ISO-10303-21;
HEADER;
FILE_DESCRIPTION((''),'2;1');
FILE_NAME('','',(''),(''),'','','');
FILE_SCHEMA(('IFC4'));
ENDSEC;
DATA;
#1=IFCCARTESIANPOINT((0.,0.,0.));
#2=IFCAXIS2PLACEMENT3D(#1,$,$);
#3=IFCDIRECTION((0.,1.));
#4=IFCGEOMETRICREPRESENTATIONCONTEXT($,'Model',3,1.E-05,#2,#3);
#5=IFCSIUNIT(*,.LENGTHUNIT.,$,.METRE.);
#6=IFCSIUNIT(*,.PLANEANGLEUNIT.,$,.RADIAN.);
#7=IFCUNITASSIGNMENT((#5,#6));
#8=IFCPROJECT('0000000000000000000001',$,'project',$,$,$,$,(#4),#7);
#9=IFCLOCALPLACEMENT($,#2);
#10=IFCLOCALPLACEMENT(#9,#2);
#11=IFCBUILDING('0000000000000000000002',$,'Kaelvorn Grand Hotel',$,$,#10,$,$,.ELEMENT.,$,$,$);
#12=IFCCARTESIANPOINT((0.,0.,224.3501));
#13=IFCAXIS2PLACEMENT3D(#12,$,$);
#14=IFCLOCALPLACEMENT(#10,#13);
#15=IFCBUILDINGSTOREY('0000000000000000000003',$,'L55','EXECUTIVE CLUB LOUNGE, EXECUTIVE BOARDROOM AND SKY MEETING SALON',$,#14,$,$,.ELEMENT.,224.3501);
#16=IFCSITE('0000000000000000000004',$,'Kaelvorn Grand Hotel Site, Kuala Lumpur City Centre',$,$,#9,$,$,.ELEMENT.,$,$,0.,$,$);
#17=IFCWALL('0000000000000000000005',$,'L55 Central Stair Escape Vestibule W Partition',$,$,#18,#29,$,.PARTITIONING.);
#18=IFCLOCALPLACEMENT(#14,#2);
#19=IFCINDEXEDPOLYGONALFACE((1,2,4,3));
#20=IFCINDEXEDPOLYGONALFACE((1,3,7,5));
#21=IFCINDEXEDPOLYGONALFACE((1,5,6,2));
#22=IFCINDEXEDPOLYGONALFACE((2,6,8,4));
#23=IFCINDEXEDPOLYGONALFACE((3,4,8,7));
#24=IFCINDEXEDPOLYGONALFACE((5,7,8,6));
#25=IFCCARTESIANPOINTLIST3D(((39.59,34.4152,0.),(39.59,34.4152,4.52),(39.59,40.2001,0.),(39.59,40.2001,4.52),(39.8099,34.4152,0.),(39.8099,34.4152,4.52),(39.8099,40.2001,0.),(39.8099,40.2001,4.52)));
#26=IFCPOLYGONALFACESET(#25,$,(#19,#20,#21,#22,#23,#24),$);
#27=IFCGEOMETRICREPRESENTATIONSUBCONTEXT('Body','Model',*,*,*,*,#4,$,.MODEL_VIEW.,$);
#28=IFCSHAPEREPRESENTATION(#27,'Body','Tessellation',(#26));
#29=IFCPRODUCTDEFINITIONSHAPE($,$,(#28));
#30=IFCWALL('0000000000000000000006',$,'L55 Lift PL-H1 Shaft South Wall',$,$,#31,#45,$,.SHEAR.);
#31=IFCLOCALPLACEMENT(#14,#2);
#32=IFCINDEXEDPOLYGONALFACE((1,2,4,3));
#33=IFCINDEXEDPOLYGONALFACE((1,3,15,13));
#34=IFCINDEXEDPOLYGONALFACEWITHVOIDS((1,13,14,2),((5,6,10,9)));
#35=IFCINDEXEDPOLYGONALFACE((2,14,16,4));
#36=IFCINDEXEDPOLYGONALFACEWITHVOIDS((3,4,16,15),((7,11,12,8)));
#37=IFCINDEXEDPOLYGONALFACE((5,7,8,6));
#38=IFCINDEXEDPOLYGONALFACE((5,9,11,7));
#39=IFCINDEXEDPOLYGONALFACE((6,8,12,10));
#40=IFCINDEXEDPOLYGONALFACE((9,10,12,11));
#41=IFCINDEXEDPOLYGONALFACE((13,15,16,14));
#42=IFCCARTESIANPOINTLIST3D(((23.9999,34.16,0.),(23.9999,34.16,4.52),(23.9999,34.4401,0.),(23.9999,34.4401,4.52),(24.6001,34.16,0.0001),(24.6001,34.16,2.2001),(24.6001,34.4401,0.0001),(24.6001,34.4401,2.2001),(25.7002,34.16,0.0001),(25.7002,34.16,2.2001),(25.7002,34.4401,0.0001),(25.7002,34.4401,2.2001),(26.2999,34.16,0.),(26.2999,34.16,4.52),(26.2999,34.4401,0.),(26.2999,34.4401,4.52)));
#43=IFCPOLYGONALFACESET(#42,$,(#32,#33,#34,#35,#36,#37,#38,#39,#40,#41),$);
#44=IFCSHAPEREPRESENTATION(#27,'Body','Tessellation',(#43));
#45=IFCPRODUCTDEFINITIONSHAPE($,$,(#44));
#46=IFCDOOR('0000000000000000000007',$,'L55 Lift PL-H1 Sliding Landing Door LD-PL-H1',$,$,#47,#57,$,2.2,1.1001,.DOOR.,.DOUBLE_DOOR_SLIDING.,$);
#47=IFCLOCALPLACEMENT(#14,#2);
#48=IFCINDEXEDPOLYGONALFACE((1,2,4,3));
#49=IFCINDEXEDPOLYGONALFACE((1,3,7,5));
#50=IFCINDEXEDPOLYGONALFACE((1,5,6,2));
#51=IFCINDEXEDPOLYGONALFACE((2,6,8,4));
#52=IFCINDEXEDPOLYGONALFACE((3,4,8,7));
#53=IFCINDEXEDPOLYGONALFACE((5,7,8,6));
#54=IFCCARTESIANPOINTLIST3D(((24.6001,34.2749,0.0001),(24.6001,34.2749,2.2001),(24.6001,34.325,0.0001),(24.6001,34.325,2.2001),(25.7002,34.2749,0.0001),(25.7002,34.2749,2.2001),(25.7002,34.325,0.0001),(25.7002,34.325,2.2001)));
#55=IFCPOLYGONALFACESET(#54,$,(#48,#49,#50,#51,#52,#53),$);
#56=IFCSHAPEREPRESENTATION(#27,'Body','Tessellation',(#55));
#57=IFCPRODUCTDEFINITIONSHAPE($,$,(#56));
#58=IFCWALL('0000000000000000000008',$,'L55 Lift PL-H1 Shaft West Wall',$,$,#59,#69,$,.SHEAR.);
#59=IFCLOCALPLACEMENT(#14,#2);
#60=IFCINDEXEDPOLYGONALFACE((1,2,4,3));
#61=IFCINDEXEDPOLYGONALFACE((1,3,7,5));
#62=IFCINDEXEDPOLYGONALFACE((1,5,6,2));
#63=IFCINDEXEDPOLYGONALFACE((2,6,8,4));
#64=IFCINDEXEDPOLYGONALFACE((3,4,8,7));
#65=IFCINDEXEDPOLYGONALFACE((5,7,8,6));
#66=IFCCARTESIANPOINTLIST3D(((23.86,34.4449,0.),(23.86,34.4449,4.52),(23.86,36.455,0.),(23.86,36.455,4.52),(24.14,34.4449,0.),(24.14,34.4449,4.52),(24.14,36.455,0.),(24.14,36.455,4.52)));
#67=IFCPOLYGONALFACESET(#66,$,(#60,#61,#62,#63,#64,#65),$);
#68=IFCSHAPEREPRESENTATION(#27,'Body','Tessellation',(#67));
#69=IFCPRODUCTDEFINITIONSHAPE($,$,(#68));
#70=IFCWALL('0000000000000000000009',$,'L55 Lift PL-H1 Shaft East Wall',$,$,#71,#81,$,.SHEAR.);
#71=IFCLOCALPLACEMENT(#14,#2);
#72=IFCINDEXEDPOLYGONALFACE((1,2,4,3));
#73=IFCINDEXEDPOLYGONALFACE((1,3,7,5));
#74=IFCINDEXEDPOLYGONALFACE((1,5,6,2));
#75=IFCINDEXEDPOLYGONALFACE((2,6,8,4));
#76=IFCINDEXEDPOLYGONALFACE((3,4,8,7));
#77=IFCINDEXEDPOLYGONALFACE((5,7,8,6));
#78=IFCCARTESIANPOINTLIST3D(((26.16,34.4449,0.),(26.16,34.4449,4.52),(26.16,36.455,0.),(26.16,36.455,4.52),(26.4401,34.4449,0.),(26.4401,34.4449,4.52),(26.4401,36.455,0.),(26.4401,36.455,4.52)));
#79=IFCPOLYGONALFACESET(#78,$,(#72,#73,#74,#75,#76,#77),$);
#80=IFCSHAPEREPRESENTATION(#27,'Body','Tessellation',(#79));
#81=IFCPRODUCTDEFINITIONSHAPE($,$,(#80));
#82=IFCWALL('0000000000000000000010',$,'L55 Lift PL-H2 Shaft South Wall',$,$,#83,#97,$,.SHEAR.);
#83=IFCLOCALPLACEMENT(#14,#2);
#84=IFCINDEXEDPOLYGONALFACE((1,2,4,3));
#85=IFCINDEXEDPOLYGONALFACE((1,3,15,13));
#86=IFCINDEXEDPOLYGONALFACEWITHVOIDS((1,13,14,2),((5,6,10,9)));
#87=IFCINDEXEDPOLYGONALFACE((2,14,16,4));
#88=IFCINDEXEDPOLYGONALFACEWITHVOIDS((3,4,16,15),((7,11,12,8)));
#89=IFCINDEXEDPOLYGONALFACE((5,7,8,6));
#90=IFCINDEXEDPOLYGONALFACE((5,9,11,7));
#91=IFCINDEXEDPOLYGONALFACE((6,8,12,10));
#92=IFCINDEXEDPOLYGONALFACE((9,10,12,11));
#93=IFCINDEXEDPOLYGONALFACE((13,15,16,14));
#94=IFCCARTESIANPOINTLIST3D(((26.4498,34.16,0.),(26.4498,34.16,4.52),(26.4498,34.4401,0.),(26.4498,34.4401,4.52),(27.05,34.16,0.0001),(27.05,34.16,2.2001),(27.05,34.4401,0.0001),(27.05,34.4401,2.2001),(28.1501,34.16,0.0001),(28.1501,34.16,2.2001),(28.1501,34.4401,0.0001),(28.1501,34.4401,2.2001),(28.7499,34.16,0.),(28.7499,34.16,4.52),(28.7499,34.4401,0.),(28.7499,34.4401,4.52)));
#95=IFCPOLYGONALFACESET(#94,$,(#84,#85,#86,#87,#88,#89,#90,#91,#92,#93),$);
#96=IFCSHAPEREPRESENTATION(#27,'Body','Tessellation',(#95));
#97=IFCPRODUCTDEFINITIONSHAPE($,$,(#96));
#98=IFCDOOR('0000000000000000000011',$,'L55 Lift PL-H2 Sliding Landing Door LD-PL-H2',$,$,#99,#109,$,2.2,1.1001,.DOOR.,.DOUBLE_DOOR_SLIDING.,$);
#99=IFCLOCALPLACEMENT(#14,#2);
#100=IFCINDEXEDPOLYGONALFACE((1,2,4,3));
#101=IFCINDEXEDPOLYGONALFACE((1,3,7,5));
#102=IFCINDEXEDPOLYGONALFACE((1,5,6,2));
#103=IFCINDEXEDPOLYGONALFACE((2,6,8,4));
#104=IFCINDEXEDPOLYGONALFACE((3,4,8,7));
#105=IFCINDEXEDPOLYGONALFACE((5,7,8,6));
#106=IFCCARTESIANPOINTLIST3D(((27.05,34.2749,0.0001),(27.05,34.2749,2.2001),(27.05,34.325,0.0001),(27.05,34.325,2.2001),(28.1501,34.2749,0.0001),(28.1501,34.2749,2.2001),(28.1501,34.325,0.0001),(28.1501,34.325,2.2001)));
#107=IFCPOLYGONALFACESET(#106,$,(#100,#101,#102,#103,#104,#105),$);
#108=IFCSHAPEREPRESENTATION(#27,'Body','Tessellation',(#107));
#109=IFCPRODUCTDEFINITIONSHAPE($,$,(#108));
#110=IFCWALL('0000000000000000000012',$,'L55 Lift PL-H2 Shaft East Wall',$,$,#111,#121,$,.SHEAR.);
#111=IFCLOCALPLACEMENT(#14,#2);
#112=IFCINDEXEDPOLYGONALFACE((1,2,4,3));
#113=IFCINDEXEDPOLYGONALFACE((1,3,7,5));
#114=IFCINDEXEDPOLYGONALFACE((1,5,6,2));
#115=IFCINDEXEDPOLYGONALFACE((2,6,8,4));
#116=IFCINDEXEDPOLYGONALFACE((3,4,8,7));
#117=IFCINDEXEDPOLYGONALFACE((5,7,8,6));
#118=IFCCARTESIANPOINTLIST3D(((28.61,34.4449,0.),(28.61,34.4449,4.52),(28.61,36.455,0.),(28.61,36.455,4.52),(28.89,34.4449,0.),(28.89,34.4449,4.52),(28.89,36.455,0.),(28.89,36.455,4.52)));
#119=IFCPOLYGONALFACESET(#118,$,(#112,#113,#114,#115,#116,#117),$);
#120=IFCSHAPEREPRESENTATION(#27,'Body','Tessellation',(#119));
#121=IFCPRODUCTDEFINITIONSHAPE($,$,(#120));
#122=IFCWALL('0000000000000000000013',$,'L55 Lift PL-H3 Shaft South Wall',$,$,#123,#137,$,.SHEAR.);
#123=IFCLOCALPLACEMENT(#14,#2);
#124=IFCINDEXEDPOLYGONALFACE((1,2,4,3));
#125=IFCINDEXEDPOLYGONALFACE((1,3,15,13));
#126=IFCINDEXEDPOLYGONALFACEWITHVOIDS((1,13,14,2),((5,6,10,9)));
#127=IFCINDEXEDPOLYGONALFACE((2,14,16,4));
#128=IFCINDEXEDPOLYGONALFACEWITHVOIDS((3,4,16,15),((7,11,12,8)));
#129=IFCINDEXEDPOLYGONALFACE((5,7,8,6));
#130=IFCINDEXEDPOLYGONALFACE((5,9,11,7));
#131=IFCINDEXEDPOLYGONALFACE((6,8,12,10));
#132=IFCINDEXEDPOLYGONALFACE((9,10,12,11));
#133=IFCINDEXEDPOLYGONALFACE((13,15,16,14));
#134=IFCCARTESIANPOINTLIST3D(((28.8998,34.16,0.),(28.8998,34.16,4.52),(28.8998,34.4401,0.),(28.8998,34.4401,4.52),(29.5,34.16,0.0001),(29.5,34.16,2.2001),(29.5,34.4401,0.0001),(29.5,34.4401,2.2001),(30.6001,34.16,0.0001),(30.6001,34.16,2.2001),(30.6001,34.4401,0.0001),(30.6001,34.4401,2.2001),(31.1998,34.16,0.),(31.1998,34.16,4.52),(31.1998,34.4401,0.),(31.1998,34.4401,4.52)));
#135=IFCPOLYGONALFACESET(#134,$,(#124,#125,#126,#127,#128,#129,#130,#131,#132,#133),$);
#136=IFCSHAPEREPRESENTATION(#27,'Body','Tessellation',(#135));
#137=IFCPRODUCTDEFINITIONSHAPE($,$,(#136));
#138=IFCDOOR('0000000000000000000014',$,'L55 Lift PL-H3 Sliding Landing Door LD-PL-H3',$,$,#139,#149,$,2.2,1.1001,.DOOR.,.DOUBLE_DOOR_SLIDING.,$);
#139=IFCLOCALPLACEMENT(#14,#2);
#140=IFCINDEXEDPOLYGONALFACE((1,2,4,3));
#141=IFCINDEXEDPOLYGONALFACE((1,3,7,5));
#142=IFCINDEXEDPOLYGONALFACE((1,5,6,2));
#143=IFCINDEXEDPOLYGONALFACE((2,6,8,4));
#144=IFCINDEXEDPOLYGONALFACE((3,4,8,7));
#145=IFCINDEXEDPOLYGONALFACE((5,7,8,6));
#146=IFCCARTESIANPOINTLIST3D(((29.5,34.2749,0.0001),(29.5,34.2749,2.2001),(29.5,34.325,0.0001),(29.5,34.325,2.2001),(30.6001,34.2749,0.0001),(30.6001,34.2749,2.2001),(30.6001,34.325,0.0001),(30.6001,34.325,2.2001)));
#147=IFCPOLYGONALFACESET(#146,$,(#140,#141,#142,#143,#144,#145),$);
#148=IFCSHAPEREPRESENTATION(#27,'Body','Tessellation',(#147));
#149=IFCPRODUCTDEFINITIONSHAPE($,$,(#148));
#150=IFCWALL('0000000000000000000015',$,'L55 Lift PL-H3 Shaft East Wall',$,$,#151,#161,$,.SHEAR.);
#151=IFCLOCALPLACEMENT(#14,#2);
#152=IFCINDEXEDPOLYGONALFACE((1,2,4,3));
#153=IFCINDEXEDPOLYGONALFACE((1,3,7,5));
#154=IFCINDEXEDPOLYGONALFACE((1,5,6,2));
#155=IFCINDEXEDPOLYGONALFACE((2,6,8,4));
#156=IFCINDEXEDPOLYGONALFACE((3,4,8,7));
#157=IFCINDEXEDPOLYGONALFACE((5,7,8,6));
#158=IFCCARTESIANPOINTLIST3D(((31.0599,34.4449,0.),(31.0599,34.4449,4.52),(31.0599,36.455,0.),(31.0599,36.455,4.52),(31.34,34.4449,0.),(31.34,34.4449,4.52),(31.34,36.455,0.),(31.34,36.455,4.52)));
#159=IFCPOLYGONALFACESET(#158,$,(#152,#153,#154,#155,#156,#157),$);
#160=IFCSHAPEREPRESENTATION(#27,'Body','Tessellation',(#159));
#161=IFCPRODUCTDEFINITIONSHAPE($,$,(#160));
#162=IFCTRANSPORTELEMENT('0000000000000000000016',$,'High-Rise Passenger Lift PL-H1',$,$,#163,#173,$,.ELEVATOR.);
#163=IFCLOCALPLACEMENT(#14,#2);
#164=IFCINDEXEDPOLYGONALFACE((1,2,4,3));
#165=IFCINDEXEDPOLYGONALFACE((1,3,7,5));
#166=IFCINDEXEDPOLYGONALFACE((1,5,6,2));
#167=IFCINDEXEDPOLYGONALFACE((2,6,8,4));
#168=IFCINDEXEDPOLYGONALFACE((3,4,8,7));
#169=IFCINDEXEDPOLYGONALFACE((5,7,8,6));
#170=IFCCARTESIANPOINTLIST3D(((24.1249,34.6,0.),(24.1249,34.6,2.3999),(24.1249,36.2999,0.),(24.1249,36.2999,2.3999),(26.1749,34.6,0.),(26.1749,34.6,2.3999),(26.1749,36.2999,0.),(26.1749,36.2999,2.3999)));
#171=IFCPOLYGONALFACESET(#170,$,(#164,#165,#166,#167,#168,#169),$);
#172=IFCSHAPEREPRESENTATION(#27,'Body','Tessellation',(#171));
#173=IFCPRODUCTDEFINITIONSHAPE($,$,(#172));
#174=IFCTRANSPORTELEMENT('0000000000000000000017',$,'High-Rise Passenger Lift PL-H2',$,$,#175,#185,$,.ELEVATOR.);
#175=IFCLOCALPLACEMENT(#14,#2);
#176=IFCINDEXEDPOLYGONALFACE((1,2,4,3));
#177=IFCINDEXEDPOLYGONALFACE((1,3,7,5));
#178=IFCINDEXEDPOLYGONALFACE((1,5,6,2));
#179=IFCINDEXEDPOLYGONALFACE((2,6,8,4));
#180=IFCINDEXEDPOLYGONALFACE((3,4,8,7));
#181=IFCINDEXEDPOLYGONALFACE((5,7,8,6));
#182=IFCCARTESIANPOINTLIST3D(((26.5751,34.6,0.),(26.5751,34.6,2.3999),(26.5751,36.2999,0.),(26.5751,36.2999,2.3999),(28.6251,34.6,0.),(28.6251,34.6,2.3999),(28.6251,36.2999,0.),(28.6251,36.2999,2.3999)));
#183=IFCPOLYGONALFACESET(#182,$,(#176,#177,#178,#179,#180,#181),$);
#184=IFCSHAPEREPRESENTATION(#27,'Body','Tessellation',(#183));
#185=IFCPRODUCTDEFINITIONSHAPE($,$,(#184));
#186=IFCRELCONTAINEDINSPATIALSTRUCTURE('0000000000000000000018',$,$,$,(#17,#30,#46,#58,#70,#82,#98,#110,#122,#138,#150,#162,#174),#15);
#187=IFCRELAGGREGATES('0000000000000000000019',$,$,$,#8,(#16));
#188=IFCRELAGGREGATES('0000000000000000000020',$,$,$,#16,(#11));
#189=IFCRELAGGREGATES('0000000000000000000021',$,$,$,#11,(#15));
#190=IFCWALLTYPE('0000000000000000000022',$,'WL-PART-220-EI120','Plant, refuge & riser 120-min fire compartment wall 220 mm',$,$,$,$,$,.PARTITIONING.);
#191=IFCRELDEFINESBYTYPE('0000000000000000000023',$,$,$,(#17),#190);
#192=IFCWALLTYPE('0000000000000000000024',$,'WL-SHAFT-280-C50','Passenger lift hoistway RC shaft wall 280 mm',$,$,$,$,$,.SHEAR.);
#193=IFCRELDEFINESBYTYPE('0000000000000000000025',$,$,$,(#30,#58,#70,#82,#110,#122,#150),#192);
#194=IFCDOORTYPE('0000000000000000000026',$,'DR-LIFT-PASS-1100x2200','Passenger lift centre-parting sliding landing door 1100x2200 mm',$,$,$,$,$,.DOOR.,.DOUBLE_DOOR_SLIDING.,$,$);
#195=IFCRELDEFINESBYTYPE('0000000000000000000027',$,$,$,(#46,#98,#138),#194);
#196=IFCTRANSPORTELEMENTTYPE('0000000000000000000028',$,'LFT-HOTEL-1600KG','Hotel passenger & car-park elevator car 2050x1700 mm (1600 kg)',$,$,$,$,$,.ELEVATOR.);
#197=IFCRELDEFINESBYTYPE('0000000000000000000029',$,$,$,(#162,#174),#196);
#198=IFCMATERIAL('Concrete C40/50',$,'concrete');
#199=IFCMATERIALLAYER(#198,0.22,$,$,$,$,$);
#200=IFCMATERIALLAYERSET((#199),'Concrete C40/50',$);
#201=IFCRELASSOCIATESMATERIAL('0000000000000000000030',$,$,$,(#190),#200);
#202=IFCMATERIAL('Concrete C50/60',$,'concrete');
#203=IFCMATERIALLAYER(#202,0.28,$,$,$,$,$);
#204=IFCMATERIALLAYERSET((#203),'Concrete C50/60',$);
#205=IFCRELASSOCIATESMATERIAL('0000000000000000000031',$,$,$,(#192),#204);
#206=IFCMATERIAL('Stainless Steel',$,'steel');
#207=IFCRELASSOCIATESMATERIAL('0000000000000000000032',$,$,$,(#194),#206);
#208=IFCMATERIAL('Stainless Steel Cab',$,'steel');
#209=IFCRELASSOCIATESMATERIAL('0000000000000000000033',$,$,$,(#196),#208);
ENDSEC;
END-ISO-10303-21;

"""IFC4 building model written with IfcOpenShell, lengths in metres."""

from ifc_helpers import new_model, si_unit, direction, frame, frame_2d, origin, origin_2d, place, context, subcontext, project, spatial, rectangle, extrude, material, layer, layer_set, type_object, element, fill, save


model = new_model("IFC4")

# Units and contexts
model_context = context("Model", 3, precision=1e-05, world=origin(), true_north=direction((0.0, 1.0)))
body_context = subcontext(model_context, "Body", "Model", "MODEL_VIEW")
ifc_project = project(units=[si_unit("LENGTHUNIT", "METRE"), si_unit("PLANEANGLEUNIT", "RADIAN")], contexts=[model_context])

# Site, building, storey
site_placement = place(None, origin())
site = spatial("IfcSite", under=ifc_project, at=site_placement, Name="Kaelvorn Grand Hotel Site, Kuala Lumpur City Centre", CompositionType="ELEMENT", RefElevation=0.0)
building_placement = place(site_placement, origin())
building = spatial("IfcBuilding", under=site, at=building_placement, Name="Kaelvorn Grand Hotel", CompositionType="ELEMENT")
storey_placement = place(building_placement, frame((0.0, 0.0, 224.3501)))
storey = spatial("IfcBuildingStorey", under=building, at=storey_placement, Name="L55", Description="EXECUTIVE CLUB LOUNGE, EXECUTIVE BOARDROOM AND SKY MEETING SALON", CompositionType="ELEMENT", Elevation=224.3501)

# Shared definitions
ifc_material_1 = material(Name="Concrete C40/50", Category="concrete")
ifc_layer_1 = layer(ifc_material_1, 0.22)
ifc_layer_set_1 = layer_set([ifc_layer_1], Name="Concrete C40/50")
wall_type_1 = type_object("IfcWallType", Name="WL-PART-220-EI120", Description="Plant, refuge & riser 120-min fire compartment wall 220 mm", PredefinedType="PARTITIONING", material=ifc_layer_set_1)

# Wall
wall_1_placement = place(storey_placement, frame((39.7, 34.415, 0.0), z_axis=(0.0, 0.0, 1.0), x_axis=(0.0, 1.0, 0.0)))
element("IfcWall", 1, at=wall_1_placement, inside=storey, type_object=wall_type_1, Name="L55 Central Stair Escape Vestibule W Partition", PredefinedType="PARTITIONING", context=body_context, shape_type="SweptSolid", body=[
    extrude(rectangle(XDim=5.7849, YDim=0.22, at=frame_2d((2.8926, 0.0))), origin(), (0.0, 0.0, 1.0), 4.52),
])

# Wall, opening, door
ifc_material_2 = material(Name="Concrete C50/60", Category="concrete")
ifc_layer_2 = layer(ifc_material_2, 0.28)
ifc_layer_set_2 = layer_set([ifc_layer_2], Name="Concrete C50/60")
wall_type_2 = type_object("IfcWallType", Name="WL-SHAFT-280-C50", Description="Passenger lift hoistway RC shaft wall 280 mm", PredefinedType="SHEAR", material=ifc_layer_set_2)
wall_2_placement = place(storey_placement, frame((24.0, 34.3, 0.0), z_axis=(0.0, 0.0, 1.0), x_axis=(1.0, 0.0, 0.0)))
wall_2 = element("IfcWall", 2, at=wall_2_placement, inside=storey, type_object=wall_type_2, Name="L55 Lift PL-H1 Shaft South Wall", PredefinedType="SHEAR", context=body_context, shape_type="SweptSolid", body=[
    extrude(rectangle(XDim=2.3, YDim=0.28, at=frame_2d((1.1499, 0.0))), origin(), (0.0, 0.0, 1.0), 4.52),
])
opening_1_placement = place(wall_2_placement, frame((0.6001, 0.0, 0.0)))
opening_1 = element("IfcOpeningElement", 3, at=opening_1_placement, cuts=wall_2, PredefinedType="OPENING", context=body_context, shape_type="SweptSolid", body=[
    extrude(rectangle(XDim=1.1001, YDim=2.2, at=frame_2d((0.55, 1.1001))), frame((0.0, 0.1499, 0.0), z_axis=(0.0, -1.0, 0.0), x_axis=(1.0, 0.0, 0.0)), (0.0, 0.0, 1.0), 0.3),
])
ifc_material_3 = material(Name="Stainless Steel", Category="steel")
door_type_1 = type_object("IfcDoorType", Name="DR-LIFT-PASS-1100x2200", Description="Passenger lift centre-parting sliding landing door 1100x2200 mm", OperationType="DOUBLE_DOOR_SLIDING", PredefinedType="DOOR", material=ifc_material_3)
door_1_placement = place(opening_1_placement, origin())
door_1 = element("IfcDoor", 4, at=door_1_placement, inside=storey, type_object=door_type_1, Name="L55 Lift PL-H1 Sliding Landing Door LD-PL-H1", OperationType="DOUBLE_DOOR_SLIDING", OverallHeight=2.2, OverallWidth=1.1001, PredefinedType="DOOR", context=body_context, shape_type="SweptSolid", body=[
    extrude(rectangle(XDim=1.1001, YDim=2.2, at=frame_2d((0.55, 1.1001))), frame((0.0, 0.0249, 0.0), z_axis=(0.0, -1.0, 0.0), x_axis=(1.0, 0.0, 0.0)), (0.0, 0.0, 1.0), 0.05),
])
fill(opening_1, door_1)

# Walls
for number, where, z_axis, x_axis, name in (
    (5, (24.0, 34.4451, 0.0), (0.0, 0.0, 1.0), (0.0, 1.0, 0.0), "L55 Lift PL-H1 Shaft West Wall"),
    (6, (26.3, 34.4451, 0.0), (0.0, 0.0, 1.0), (0.0, 1.0, 0.0), "L55 Lift PL-H1 Shaft East Wall"),
):
    element("IfcWall", number, at=place(storey_placement, frame(where, z_axis=z_axis, x_axis=x_axis)), inside=storey, type_object=wall_type_2, Name=name, PredefinedType="SHEAR", context=body_context, shape_type="SweptSolid", body=[
        extrude(rectangle(XDim=2.01, YDim=0.28, at=frame_2d((1.0049, 0.0))), origin(), (0.0, 0.0, 1.0), 4.52),
    ])

# Wall, opening, door
wall_3_placement = place(storey_placement, frame((26.45, 34.3, 0.0), z_axis=(0.0, 0.0, 1.0), x_axis=(1.0, 0.0, 0.0)))
wall_3 = element("IfcWall", 7, at=wall_3_placement, inside=storey, type_object=wall_type_2, Name="L55 Lift PL-H2 Shaft South Wall", PredefinedType="SHEAR", context=body_context, shape_type="SweptSolid", body=[
    extrude(rectangle(XDim=2.3, YDim=0.28, at=frame_2d((1.1499, 0.0))), origin(), (0.0, 0.0, 1.0), 4.52),
])
opening_2_placement = place(wall_3_placement, frame((0.6001, 0.0, 0.0)))
opening_2 = element("IfcOpeningElement", 8, at=opening_2_placement, cuts=wall_3, PredefinedType="OPENING", context=body_context, shape_type="SweptSolid", body=[
    extrude(rectangle(XDim=1.1001, YDim=2.2, at=frame_2d((0.55, 1.1001))), frame((0.0, 0.1499, 0.0), z_axis=(0.0, -1.0, 0.0), x_axis=(1.0, 0.0, 0.0)), (0.0, 0.0, 1.0), 0.3),
])
door_2_placement = place(opening_2_placement, origin())
door_2 = element("IfcDoor", 9, at=door_2_placement, inside=storey, type_object=door_type_1, Name="L55 Lift PL-H2 Sliding Landing Door LD-PL-H2", OperationType="DOUBLE_DOOR_SLIDING", OverallHeight=2.2, OverallWidth=1.1001, PredefinedType="DOOR", context=body_context, shape_type="SweptSolid", body=[
    extrude(rectangle(XDim=1.1001, YDim=2.2, at=frame_2d((0.55, 1.1001))), frame((0.0, 0.0249, 0.0), z_axis=(0.0, -1.0, 0.0), x_axis=(1.0, 0.0, 0.0)), (0.0, 0.0, 1.0), 0.05),
])
fill(opening_2, door_2)

# Wall
wall_4_placement = place(storey_placement, frame((28.75, 34.4451, 0.0), z_axis=(0.0, 0.0, 1.0), x_axis=(0.0, 1.0, 0.0)))
element("IfcWall", 10, at=wall_4_placement, inside=storey, type_object=wall_type_2, Name="L55 Lift PL-H2 Shaft East Wall", PredefinedType="SHEAR", context=body_context, shape_type="SweptSolid", body=[
    extrude(rectangle(XDim=2.01, YDim=0.28, at=frame_2d((1.0049, 0.0))), origin(), (0.0, 0.0, 1.0), 4.52),
])

# Wall, opening, door
wall_5_placement = place(storey_placement, frame((28.8999, 34.3, 0.0), z_axis=(0.0, 0.0, 1.0), x_axis=(1.0, 0.0, 0.0)))
wall_5 = element("IfcWall", 11, at=wall_5_placement, inside=storey, type_object=wall_type_2, Name="L55 Lift PL-H3 Shaft South Wall", PredefinedType="SHEAR", context=body_context, shape_type="SweptSolid", body=[
    extrude(rectangle(XDim=2.3, YDim=0.28, at=frame_2d((1.1499, 0.0))), origin(), (0.0, 0.0, 1.0), 4.52),
])
opening_3_placement = place(wall_5_placement, frame((0.6001, 0.0, 0.0)))
opening_3 = element("IfcOpeningElement", 12, at=opening_3_placement, cuts=wall_5, PredefinedType="OPENING", context=body_context, shape_type="SweptSolid", body=[
    extrude(rectangle(XDim=1.1001, YDim=2.2, at=frame_2d((0.55, 1.1001))), frame((0.0, 0.1499, 0.0), z_axis=(0.0, -1.0, 0.0), x_axis=(1.0, 0.0, 0.0)), (0.0, 0.0, 1.0), 0.3),
])
door_3_placement = place(opening_3_placement, origin())
door_3 = element("IfcDoor", 13, at=door_3_placement, inside=storey, type_object=door_type_1, Name="L55 Lift PL-H3 Sliding Landing Door LD-PL-H3", OperationType="DOUBLE_DOOR_SLIDING", OverallHeight=2.2, OverallWidth=1.1001, PredefinedType="DOOR", context=body_context, shape_type="SweptSolid", body=[
    extrude(rectangle(XDim=1.1001, YDim=2.2, at=frame_2d((0.55, 1.1001))), frame((0.0, 0.0249, 0.0), z_axis=(0.0, -1.0, 0.0), x_axis=(1.0, 0.0, 0.0)), (0.0, 0.0, 1.0), 0.05),
])
fill(opening_3, door_3)

# Wall
wall_6_placement = place(storey_placement, frame((31.2, 34.4451, 0.0), z_axis=(0.0, 0.0, 1.0), x_axis=(0.0, 1.0, 0.0)))
element("IfcWall", 14, at=wall_6_placement, inside=storey, type_object=wall_type_2, Name="L55 Lift PL-H3 Shaft East Wall", PredefinedType="SHEAR", context=body_context, shape_type="SweptSolid", body=[
    extrude(rectangle(XDim=2.01, YDim=0.28, at=frame_2d((1.0049, 0.0))), origin(), (0.0, 0.0, 1.0), 4.52),
])

# Transport elements
ifc_material_4 = material(Name="Stainless Steel Cab", Category="steel")
transport_element_type = type_object("IfcTransportElementType", Name="LFT-HOTEL-1600KG", Description="Hotel passenger & car-park elevator car 2050x1700 mm (1600 kg)", PredefinedType="ELEVATOR", material=ifc_material_4)
for number, where, z_axis, x_axis, name in (
    (15, (25.1499, 35.45, 0.0), (0.0, 0.0, 1.0), (1.0, 0.0, 0.0), "High-Rise Passenger Lift PL-H1"),
    (16, (27.6001, 35.45, 0.0), (0.0, 0.0, 1.0), (1.0, 0.0, 0.0), "High-Rise Passenger Lift PL-H2"),
):
    element("IfcTransportElement", number, at=place(storey_placement, frame(where, z_axis=z_axis, x_axis=x_axis)), inside=storey, type_object=transport_element_type, Name=name, PredefinedType="ELEVATOR", context=body_context, shape_type="SweptSolid", body=[
        extrude(rectangle(XDim=2.05, YDim=1.7, at=origin_2d()), origin(), (0.0, 0.0, 1.0), 2.3999),
    ])

save(model, "model.ifc")
